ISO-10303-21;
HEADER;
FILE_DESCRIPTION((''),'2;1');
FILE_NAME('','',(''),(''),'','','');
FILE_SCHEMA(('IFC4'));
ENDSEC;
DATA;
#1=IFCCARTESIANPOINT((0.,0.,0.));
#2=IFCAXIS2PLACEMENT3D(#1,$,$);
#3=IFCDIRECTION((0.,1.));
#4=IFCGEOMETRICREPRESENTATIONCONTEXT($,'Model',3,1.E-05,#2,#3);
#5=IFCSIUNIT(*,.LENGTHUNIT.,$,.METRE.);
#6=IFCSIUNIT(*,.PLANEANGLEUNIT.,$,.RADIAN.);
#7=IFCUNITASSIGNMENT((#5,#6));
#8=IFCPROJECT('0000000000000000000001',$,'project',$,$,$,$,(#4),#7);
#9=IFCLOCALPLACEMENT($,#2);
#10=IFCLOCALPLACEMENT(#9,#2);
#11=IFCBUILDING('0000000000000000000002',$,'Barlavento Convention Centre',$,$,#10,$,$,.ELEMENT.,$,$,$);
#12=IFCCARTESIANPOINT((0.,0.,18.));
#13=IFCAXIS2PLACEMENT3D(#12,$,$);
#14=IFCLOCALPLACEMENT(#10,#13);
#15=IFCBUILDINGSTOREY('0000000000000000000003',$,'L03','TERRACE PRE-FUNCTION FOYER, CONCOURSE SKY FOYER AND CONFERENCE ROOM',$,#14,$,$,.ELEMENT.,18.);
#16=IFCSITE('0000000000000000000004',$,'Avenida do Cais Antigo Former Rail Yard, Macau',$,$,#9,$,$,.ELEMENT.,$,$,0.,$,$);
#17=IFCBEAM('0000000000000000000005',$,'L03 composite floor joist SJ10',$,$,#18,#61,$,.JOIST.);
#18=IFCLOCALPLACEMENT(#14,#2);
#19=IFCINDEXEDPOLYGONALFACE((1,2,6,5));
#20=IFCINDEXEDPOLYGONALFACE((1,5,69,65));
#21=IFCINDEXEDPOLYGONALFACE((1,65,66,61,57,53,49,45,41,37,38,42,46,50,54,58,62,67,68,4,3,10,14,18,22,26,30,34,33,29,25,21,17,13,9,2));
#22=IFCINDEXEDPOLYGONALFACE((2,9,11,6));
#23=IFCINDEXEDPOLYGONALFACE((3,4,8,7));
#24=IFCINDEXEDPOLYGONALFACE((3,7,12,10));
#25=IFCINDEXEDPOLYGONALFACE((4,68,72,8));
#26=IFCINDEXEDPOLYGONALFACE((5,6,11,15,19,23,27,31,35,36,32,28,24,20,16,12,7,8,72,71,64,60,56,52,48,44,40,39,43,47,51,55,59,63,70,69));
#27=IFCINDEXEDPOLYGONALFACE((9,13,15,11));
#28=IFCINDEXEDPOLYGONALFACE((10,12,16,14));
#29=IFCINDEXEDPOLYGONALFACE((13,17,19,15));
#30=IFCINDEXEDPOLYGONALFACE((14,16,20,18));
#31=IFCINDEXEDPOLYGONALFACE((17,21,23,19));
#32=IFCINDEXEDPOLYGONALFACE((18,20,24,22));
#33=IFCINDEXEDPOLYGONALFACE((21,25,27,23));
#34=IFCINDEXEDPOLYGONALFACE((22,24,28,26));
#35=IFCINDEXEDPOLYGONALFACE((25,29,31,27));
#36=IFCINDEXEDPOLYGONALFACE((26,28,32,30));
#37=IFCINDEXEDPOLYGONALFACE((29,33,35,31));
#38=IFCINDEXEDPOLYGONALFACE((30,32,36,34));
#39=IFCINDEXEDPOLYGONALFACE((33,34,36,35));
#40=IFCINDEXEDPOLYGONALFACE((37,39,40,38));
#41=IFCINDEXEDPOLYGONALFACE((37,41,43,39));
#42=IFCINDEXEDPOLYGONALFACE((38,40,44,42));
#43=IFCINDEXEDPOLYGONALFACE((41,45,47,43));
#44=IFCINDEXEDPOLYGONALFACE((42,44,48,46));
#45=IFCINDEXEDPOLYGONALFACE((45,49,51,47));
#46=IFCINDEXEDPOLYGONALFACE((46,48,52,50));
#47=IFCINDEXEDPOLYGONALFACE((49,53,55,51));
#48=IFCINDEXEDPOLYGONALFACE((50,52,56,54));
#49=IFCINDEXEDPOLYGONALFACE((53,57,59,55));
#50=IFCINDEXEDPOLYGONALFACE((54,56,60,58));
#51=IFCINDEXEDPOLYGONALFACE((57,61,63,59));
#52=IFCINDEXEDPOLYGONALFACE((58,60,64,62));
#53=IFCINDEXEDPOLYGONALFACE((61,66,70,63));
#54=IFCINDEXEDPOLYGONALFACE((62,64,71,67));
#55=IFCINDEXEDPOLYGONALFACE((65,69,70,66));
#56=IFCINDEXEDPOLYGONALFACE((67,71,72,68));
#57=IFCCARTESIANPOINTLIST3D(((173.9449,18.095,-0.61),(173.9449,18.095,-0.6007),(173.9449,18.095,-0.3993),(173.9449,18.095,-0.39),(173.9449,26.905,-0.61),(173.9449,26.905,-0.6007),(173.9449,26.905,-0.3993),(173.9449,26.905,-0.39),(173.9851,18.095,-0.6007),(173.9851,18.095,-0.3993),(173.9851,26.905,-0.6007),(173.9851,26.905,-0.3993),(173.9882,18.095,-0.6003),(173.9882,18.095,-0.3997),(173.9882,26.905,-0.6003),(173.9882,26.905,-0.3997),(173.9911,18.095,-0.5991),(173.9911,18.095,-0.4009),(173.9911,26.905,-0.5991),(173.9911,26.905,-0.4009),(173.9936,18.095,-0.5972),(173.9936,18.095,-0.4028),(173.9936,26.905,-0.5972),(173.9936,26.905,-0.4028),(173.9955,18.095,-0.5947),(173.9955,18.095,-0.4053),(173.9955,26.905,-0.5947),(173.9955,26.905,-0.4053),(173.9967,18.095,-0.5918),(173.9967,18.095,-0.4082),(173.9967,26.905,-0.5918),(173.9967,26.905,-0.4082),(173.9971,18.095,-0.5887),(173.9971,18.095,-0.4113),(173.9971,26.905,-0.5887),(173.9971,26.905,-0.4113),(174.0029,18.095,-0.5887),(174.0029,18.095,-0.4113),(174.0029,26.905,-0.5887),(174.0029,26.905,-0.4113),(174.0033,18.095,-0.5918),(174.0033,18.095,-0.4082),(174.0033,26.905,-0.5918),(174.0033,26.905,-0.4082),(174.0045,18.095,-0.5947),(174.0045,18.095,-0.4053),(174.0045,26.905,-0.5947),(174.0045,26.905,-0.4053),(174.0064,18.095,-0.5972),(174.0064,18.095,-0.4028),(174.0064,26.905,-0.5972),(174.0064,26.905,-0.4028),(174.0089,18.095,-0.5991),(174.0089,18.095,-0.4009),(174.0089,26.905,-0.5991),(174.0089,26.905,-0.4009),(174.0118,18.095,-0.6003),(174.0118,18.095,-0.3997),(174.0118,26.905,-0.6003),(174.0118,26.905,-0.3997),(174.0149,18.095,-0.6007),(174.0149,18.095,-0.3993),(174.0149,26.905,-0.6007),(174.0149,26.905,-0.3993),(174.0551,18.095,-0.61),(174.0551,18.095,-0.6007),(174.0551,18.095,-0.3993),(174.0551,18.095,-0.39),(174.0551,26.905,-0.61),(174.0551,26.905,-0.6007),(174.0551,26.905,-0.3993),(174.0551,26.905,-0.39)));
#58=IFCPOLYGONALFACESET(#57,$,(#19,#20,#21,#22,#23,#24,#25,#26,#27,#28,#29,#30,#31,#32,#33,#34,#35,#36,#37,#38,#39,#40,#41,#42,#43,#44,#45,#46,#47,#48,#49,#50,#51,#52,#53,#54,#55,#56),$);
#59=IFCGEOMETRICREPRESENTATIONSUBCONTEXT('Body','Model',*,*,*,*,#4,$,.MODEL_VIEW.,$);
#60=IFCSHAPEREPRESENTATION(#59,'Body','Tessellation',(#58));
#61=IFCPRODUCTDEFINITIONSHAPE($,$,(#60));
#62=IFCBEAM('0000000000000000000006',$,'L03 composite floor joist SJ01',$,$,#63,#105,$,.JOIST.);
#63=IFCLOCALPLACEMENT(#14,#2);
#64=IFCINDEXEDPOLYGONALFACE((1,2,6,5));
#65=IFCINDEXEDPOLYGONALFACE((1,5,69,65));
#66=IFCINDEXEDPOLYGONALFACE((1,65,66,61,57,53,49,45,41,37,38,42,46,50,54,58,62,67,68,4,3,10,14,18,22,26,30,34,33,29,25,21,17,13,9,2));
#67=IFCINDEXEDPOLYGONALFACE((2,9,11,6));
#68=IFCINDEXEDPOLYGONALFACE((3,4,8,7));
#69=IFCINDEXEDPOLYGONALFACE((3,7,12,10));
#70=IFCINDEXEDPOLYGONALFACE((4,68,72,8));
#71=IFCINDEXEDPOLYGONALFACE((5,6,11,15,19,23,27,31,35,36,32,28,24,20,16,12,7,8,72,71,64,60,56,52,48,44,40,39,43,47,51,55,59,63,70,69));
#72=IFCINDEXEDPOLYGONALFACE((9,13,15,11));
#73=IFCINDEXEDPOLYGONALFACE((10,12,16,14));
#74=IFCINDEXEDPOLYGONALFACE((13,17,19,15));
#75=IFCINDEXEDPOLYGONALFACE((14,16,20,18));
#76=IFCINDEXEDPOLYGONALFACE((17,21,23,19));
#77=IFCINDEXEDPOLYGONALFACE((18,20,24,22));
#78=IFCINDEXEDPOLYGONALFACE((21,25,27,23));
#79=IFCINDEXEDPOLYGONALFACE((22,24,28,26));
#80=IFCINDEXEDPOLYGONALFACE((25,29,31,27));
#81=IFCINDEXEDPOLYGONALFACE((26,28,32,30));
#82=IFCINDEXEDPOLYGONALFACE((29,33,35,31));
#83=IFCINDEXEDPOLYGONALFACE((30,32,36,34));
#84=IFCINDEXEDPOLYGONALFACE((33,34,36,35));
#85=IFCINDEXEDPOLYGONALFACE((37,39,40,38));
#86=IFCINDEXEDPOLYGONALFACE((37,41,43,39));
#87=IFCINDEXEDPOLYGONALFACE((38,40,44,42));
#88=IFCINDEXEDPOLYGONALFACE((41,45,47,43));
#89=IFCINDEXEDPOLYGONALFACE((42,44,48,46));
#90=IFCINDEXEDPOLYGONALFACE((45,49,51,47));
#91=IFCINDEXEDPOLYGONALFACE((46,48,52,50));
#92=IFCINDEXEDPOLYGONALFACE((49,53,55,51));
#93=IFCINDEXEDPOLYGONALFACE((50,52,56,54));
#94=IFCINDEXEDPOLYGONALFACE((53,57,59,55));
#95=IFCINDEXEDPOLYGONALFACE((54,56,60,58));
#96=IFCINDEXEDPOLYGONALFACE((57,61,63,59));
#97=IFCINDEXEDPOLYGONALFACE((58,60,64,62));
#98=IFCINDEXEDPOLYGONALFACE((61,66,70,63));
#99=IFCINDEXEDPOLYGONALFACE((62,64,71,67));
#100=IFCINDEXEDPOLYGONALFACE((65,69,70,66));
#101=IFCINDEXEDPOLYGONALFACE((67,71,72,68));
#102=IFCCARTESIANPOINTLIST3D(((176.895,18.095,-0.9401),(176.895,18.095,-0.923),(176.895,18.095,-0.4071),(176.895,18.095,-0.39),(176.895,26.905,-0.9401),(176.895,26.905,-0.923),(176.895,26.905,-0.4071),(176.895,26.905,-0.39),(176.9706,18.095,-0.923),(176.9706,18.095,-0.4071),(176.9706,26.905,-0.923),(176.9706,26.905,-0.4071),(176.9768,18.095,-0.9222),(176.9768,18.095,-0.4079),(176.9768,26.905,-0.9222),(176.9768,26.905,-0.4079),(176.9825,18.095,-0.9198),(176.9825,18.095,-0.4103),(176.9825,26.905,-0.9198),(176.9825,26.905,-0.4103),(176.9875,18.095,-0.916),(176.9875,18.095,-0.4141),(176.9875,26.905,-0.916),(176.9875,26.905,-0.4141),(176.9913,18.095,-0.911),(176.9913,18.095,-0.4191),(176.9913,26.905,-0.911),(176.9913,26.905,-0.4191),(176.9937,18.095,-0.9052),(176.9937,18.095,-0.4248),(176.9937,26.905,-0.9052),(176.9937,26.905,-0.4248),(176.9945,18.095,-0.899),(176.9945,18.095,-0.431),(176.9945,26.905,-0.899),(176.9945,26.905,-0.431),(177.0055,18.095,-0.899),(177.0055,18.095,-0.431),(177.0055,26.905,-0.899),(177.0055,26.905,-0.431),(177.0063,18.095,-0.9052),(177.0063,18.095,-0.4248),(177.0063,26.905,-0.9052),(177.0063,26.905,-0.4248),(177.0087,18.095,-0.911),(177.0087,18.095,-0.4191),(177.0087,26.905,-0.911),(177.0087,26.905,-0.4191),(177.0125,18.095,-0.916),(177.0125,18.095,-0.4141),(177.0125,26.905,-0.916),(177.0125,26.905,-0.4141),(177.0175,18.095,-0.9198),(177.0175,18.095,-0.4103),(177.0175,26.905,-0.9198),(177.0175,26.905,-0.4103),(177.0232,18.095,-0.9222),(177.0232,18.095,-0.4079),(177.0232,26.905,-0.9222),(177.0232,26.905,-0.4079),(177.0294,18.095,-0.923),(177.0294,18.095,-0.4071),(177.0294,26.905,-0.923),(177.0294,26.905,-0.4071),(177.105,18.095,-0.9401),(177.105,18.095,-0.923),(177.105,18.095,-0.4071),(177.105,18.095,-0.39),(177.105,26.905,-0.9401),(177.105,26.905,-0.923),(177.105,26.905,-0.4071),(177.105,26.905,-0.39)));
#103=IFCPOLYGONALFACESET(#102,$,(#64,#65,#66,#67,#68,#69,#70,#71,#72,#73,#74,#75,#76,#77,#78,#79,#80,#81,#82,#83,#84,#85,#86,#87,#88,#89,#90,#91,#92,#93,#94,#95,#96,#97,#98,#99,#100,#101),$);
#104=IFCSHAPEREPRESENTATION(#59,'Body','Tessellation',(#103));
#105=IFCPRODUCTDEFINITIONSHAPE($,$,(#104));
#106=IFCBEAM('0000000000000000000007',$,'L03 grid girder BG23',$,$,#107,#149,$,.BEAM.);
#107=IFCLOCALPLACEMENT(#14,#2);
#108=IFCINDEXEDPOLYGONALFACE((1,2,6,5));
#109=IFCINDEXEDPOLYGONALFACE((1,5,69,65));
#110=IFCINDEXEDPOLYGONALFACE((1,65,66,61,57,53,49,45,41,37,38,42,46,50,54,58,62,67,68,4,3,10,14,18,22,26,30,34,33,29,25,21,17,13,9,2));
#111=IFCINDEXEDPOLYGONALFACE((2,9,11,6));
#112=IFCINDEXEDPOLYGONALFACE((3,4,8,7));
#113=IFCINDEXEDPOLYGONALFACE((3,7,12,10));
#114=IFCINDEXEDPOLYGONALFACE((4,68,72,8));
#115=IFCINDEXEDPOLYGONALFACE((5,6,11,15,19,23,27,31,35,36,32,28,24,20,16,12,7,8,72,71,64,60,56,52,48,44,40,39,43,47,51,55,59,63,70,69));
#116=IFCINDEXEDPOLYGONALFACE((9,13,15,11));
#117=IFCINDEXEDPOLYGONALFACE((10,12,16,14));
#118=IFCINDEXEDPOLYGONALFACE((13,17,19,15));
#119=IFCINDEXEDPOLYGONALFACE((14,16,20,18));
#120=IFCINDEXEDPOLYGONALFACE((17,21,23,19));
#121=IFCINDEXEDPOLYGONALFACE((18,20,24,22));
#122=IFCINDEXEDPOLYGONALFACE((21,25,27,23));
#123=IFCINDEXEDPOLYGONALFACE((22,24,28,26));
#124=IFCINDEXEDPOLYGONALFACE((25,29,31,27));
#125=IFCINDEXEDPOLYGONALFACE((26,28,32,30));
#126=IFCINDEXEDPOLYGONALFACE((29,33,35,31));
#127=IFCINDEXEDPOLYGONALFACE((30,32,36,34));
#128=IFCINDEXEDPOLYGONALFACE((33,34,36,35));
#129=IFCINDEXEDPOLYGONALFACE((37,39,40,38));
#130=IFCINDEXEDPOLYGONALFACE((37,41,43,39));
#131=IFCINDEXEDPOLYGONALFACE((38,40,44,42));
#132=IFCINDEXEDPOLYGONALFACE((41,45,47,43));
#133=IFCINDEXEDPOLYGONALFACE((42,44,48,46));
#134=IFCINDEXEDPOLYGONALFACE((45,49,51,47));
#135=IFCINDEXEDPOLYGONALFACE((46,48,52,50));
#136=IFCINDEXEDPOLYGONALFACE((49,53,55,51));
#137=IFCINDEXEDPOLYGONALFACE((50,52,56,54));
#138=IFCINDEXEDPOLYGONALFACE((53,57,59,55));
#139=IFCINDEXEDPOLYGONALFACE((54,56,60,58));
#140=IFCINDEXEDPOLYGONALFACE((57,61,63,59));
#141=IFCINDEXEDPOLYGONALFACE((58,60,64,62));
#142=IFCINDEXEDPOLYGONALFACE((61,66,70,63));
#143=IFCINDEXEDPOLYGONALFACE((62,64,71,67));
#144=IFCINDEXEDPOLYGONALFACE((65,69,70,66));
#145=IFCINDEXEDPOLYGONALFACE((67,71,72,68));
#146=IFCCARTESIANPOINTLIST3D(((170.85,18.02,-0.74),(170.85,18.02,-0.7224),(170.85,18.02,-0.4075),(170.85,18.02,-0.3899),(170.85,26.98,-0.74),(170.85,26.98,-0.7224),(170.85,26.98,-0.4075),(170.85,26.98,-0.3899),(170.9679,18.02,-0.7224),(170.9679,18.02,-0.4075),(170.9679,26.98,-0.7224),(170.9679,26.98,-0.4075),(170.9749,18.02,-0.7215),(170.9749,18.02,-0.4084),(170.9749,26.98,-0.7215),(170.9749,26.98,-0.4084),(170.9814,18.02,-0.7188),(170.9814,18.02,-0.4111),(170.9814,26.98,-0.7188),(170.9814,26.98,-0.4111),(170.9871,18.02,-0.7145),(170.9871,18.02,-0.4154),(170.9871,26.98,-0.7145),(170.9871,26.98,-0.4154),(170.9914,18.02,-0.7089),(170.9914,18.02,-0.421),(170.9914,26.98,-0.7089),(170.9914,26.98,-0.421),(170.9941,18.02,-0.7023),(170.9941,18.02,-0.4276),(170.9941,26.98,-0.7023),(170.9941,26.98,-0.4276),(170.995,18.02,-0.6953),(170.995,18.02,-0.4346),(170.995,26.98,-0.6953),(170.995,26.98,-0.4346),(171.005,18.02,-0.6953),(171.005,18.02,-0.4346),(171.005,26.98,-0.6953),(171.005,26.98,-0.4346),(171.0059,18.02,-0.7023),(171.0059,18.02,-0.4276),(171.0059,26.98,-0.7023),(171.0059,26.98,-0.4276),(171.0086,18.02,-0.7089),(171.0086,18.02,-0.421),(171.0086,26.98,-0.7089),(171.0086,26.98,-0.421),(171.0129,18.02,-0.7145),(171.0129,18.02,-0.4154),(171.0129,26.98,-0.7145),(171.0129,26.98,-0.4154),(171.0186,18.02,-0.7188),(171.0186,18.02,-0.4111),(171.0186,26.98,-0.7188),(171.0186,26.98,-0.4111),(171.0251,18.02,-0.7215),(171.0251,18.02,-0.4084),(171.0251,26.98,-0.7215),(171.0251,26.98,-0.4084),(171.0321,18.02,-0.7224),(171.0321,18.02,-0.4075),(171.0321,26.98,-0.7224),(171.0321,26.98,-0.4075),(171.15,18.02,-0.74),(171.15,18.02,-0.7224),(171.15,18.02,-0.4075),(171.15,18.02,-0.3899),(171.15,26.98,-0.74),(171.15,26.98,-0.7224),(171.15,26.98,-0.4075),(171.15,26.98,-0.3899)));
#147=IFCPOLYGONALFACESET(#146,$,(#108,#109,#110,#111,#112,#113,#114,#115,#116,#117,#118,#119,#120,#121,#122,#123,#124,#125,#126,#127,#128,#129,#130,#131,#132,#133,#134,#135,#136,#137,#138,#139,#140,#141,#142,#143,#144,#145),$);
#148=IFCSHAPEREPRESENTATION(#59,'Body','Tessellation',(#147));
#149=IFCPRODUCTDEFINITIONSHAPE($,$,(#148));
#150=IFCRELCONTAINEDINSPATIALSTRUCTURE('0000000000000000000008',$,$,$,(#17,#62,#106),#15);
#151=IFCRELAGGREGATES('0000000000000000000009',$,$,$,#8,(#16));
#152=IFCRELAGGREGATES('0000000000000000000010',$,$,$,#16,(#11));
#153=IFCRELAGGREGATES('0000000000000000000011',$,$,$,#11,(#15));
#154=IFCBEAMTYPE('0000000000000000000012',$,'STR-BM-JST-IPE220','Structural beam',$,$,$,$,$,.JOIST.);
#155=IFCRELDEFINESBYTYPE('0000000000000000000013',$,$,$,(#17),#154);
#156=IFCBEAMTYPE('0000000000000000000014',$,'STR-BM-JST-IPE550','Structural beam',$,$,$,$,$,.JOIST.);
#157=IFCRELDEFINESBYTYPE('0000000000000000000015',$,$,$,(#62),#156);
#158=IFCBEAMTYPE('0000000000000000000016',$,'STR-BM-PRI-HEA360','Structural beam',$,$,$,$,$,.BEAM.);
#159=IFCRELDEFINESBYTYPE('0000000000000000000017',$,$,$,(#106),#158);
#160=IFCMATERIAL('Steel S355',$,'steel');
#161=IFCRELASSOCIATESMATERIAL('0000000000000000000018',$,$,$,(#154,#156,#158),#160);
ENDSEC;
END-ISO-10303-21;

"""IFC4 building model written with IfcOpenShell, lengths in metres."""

from ifc_helpers import new_model, si_unit, direction, frame, origin, origin_2d, place, context, subcontext, project, spatial, i_section, extrude, material, material_profile, profile_set, type_object, element, save


model = new_model("IFC4")

# Units and contexts
model_context = context("Model", 3, precision=1e-05, world=origin(), true_north=direction((0.0, 1.0)))
body_context = subcontext(model_context, "Body", "Model", "MODEL_VIEW")
ifc_project = project(units=[si_unit("LENGTHUNIT", "METRE"), si_unit("PLANEANGLEUNIT", "RADIAN")], contexts=[model_context])

# Site, building, storey
site_placement = place(None, origin())
site = spatial("IfcSite", under=ifc_project, at=site_placement, Name="Avenida do Cais Antigo Former Rail Yard, Macau", CompositionType="ELEMENT", RefElevation=0.0)
building_placement = place(site_placement, origin())
building = spatial("IfcBuilding", under=site, at=building_placement, Name="Barlavento Convention Centre", CompositionType="ELEMENT")
storey_placement = place(building_placement, frame((0.0, 0.0, 18.0)))
storey = spatial("IfcBuildingStorey", under=building, at=storey_placement, Name="L03", Description="TERRACE PRE-FUNCTION FOYER, CONCOURSE SKY FOYER AND CONFERENCE ROOM", CompositionType="ELEMENT", Elevation=18.0)

# Shared definitions
ifc_material_1 = material(Name="Steel S355", Category="steel")

# Beams
ifc_material_profile_1 = material_profile(ifc_material_1, i_section(OverallWidth=0.1101, OverallDepth=0.22, WebThickness=0.0059, FlangeThickness=0.0093, FilletRadius=0.012, at=origin_2d()), Name="IPE 220")
ifc_profile_set_1 = profile_set([ifc_material_profile_1], Name="Steel S355")
beam_type_1 = type_object("IfcBeamType", Name="STR-BM-JST-IPE220", Description="Structural beam", PredefinedType="JOIST", material=ifc_profile_set_1)
beam_1_placement = place(storey_placement, frame((174.0, 18.095, -0.5), z_axis=(0.0, 1.0, 0.0), x_axis=(-1.0, 0.0, 0.0)))
element("IfcBeam", 1, at=beam_1_placement, inside=storey, type_object=beam_type_1, Name="L03 composite floor joist SJ10", PredefinedType="JOIST", context=body_context, shape_type="SweptSolid", body=[
    extrude(i_section(OverallWidth=0.1101, OverallDepth=0.22, WebThickness=0.0059, FlangeThickness=0.0093, FilletRadius=0.012, at=origin_2d()), origin(), (0.0, 0.0, 1.0), 8.8101),
])
ifc_material_profile_2 = material_profile(ifc_material_1, i_section(OverallWidth=0.21, OverallDepth=0.55, WebThickness=0.011, FlangeThickness=0.0171, FilletRadius=0.0239, at=origin_2d()), Name="IPE 550")
ifc_profile_set_2 = profile_set([ifc_material_profile_2], Name="Steel S355")
beam_type_2 = type_object("IfcBeamType", Name="STR-BM-JST-IPE550", Description="Structural beam", PredefinedType="JOIST", material=ifc_profile_set_2)
beam_2_placement = place(storey_placement, frame((177.0, 18.095, -0.665), z_axis=(0.0, 1.0, 0.0), x_axis=(-1.0, 0.0, 0.0)))
element("IfcBeam", 2, at=beam_2_placement, inside=storey, type_object=beam_type_2, Name="L03 composite floor joist SJ01", PredefinedType="JOIST", context=body_context, shape_type="SweptSolid", body=[
    extrude(i_section(OverallWidth=0.21, OverallDepth=0.55, WebThickness=0.011, FlangeThickness=0.0171, FilletRadius=0.0239, at=origin_2d()), origin(), (0.0, 0.0, 1.0), 8.8101),
])
ifc_material_profile_3 = material_profile(ifc_material_1, i_section(OverallWidth=0.3, OverallDepth=0.3501, WebThickness=0.01, FlangeThickness=0.0176, FilletRadius=0.0271, at=origin_2d()), Name="HEA 360")
ifc_profile_set_3 = profile_set([ifc_material_profile_3], Name="Steel S355")
beam_type_3 = type_object("IfcBeamType", Name="STR-BM-PRI-HEA360", Description="Structural beam", PredefinedType="BEAM", material=ifc_profile_set_3)
beam_3_placement = place(storey_placement, frame((171.0, 18.02, -0.5649), z_axis=(0.0, 1.0, 0.0), x_axis=(-1.0, 0.0, 0.0)))
element("IfcBeam", 3, at=beam_3_placement, inside=storey, type_object=beam_type_3, Name="L03 grid girder BG23", PredefinedType="BEAM", context=body_context, shape_type="SweptSolid", body=[
    extrude(i_section(OverallWidth=0.3, OverallDepth=0.3501, WebThickness=0.01, FlangeThickness=0.0176, FilletRadius=0.0271, at=origin_2d()), origin(), (0.0, 0.0, 1.0), 8.96),
])

save(model, "model.ifc")
